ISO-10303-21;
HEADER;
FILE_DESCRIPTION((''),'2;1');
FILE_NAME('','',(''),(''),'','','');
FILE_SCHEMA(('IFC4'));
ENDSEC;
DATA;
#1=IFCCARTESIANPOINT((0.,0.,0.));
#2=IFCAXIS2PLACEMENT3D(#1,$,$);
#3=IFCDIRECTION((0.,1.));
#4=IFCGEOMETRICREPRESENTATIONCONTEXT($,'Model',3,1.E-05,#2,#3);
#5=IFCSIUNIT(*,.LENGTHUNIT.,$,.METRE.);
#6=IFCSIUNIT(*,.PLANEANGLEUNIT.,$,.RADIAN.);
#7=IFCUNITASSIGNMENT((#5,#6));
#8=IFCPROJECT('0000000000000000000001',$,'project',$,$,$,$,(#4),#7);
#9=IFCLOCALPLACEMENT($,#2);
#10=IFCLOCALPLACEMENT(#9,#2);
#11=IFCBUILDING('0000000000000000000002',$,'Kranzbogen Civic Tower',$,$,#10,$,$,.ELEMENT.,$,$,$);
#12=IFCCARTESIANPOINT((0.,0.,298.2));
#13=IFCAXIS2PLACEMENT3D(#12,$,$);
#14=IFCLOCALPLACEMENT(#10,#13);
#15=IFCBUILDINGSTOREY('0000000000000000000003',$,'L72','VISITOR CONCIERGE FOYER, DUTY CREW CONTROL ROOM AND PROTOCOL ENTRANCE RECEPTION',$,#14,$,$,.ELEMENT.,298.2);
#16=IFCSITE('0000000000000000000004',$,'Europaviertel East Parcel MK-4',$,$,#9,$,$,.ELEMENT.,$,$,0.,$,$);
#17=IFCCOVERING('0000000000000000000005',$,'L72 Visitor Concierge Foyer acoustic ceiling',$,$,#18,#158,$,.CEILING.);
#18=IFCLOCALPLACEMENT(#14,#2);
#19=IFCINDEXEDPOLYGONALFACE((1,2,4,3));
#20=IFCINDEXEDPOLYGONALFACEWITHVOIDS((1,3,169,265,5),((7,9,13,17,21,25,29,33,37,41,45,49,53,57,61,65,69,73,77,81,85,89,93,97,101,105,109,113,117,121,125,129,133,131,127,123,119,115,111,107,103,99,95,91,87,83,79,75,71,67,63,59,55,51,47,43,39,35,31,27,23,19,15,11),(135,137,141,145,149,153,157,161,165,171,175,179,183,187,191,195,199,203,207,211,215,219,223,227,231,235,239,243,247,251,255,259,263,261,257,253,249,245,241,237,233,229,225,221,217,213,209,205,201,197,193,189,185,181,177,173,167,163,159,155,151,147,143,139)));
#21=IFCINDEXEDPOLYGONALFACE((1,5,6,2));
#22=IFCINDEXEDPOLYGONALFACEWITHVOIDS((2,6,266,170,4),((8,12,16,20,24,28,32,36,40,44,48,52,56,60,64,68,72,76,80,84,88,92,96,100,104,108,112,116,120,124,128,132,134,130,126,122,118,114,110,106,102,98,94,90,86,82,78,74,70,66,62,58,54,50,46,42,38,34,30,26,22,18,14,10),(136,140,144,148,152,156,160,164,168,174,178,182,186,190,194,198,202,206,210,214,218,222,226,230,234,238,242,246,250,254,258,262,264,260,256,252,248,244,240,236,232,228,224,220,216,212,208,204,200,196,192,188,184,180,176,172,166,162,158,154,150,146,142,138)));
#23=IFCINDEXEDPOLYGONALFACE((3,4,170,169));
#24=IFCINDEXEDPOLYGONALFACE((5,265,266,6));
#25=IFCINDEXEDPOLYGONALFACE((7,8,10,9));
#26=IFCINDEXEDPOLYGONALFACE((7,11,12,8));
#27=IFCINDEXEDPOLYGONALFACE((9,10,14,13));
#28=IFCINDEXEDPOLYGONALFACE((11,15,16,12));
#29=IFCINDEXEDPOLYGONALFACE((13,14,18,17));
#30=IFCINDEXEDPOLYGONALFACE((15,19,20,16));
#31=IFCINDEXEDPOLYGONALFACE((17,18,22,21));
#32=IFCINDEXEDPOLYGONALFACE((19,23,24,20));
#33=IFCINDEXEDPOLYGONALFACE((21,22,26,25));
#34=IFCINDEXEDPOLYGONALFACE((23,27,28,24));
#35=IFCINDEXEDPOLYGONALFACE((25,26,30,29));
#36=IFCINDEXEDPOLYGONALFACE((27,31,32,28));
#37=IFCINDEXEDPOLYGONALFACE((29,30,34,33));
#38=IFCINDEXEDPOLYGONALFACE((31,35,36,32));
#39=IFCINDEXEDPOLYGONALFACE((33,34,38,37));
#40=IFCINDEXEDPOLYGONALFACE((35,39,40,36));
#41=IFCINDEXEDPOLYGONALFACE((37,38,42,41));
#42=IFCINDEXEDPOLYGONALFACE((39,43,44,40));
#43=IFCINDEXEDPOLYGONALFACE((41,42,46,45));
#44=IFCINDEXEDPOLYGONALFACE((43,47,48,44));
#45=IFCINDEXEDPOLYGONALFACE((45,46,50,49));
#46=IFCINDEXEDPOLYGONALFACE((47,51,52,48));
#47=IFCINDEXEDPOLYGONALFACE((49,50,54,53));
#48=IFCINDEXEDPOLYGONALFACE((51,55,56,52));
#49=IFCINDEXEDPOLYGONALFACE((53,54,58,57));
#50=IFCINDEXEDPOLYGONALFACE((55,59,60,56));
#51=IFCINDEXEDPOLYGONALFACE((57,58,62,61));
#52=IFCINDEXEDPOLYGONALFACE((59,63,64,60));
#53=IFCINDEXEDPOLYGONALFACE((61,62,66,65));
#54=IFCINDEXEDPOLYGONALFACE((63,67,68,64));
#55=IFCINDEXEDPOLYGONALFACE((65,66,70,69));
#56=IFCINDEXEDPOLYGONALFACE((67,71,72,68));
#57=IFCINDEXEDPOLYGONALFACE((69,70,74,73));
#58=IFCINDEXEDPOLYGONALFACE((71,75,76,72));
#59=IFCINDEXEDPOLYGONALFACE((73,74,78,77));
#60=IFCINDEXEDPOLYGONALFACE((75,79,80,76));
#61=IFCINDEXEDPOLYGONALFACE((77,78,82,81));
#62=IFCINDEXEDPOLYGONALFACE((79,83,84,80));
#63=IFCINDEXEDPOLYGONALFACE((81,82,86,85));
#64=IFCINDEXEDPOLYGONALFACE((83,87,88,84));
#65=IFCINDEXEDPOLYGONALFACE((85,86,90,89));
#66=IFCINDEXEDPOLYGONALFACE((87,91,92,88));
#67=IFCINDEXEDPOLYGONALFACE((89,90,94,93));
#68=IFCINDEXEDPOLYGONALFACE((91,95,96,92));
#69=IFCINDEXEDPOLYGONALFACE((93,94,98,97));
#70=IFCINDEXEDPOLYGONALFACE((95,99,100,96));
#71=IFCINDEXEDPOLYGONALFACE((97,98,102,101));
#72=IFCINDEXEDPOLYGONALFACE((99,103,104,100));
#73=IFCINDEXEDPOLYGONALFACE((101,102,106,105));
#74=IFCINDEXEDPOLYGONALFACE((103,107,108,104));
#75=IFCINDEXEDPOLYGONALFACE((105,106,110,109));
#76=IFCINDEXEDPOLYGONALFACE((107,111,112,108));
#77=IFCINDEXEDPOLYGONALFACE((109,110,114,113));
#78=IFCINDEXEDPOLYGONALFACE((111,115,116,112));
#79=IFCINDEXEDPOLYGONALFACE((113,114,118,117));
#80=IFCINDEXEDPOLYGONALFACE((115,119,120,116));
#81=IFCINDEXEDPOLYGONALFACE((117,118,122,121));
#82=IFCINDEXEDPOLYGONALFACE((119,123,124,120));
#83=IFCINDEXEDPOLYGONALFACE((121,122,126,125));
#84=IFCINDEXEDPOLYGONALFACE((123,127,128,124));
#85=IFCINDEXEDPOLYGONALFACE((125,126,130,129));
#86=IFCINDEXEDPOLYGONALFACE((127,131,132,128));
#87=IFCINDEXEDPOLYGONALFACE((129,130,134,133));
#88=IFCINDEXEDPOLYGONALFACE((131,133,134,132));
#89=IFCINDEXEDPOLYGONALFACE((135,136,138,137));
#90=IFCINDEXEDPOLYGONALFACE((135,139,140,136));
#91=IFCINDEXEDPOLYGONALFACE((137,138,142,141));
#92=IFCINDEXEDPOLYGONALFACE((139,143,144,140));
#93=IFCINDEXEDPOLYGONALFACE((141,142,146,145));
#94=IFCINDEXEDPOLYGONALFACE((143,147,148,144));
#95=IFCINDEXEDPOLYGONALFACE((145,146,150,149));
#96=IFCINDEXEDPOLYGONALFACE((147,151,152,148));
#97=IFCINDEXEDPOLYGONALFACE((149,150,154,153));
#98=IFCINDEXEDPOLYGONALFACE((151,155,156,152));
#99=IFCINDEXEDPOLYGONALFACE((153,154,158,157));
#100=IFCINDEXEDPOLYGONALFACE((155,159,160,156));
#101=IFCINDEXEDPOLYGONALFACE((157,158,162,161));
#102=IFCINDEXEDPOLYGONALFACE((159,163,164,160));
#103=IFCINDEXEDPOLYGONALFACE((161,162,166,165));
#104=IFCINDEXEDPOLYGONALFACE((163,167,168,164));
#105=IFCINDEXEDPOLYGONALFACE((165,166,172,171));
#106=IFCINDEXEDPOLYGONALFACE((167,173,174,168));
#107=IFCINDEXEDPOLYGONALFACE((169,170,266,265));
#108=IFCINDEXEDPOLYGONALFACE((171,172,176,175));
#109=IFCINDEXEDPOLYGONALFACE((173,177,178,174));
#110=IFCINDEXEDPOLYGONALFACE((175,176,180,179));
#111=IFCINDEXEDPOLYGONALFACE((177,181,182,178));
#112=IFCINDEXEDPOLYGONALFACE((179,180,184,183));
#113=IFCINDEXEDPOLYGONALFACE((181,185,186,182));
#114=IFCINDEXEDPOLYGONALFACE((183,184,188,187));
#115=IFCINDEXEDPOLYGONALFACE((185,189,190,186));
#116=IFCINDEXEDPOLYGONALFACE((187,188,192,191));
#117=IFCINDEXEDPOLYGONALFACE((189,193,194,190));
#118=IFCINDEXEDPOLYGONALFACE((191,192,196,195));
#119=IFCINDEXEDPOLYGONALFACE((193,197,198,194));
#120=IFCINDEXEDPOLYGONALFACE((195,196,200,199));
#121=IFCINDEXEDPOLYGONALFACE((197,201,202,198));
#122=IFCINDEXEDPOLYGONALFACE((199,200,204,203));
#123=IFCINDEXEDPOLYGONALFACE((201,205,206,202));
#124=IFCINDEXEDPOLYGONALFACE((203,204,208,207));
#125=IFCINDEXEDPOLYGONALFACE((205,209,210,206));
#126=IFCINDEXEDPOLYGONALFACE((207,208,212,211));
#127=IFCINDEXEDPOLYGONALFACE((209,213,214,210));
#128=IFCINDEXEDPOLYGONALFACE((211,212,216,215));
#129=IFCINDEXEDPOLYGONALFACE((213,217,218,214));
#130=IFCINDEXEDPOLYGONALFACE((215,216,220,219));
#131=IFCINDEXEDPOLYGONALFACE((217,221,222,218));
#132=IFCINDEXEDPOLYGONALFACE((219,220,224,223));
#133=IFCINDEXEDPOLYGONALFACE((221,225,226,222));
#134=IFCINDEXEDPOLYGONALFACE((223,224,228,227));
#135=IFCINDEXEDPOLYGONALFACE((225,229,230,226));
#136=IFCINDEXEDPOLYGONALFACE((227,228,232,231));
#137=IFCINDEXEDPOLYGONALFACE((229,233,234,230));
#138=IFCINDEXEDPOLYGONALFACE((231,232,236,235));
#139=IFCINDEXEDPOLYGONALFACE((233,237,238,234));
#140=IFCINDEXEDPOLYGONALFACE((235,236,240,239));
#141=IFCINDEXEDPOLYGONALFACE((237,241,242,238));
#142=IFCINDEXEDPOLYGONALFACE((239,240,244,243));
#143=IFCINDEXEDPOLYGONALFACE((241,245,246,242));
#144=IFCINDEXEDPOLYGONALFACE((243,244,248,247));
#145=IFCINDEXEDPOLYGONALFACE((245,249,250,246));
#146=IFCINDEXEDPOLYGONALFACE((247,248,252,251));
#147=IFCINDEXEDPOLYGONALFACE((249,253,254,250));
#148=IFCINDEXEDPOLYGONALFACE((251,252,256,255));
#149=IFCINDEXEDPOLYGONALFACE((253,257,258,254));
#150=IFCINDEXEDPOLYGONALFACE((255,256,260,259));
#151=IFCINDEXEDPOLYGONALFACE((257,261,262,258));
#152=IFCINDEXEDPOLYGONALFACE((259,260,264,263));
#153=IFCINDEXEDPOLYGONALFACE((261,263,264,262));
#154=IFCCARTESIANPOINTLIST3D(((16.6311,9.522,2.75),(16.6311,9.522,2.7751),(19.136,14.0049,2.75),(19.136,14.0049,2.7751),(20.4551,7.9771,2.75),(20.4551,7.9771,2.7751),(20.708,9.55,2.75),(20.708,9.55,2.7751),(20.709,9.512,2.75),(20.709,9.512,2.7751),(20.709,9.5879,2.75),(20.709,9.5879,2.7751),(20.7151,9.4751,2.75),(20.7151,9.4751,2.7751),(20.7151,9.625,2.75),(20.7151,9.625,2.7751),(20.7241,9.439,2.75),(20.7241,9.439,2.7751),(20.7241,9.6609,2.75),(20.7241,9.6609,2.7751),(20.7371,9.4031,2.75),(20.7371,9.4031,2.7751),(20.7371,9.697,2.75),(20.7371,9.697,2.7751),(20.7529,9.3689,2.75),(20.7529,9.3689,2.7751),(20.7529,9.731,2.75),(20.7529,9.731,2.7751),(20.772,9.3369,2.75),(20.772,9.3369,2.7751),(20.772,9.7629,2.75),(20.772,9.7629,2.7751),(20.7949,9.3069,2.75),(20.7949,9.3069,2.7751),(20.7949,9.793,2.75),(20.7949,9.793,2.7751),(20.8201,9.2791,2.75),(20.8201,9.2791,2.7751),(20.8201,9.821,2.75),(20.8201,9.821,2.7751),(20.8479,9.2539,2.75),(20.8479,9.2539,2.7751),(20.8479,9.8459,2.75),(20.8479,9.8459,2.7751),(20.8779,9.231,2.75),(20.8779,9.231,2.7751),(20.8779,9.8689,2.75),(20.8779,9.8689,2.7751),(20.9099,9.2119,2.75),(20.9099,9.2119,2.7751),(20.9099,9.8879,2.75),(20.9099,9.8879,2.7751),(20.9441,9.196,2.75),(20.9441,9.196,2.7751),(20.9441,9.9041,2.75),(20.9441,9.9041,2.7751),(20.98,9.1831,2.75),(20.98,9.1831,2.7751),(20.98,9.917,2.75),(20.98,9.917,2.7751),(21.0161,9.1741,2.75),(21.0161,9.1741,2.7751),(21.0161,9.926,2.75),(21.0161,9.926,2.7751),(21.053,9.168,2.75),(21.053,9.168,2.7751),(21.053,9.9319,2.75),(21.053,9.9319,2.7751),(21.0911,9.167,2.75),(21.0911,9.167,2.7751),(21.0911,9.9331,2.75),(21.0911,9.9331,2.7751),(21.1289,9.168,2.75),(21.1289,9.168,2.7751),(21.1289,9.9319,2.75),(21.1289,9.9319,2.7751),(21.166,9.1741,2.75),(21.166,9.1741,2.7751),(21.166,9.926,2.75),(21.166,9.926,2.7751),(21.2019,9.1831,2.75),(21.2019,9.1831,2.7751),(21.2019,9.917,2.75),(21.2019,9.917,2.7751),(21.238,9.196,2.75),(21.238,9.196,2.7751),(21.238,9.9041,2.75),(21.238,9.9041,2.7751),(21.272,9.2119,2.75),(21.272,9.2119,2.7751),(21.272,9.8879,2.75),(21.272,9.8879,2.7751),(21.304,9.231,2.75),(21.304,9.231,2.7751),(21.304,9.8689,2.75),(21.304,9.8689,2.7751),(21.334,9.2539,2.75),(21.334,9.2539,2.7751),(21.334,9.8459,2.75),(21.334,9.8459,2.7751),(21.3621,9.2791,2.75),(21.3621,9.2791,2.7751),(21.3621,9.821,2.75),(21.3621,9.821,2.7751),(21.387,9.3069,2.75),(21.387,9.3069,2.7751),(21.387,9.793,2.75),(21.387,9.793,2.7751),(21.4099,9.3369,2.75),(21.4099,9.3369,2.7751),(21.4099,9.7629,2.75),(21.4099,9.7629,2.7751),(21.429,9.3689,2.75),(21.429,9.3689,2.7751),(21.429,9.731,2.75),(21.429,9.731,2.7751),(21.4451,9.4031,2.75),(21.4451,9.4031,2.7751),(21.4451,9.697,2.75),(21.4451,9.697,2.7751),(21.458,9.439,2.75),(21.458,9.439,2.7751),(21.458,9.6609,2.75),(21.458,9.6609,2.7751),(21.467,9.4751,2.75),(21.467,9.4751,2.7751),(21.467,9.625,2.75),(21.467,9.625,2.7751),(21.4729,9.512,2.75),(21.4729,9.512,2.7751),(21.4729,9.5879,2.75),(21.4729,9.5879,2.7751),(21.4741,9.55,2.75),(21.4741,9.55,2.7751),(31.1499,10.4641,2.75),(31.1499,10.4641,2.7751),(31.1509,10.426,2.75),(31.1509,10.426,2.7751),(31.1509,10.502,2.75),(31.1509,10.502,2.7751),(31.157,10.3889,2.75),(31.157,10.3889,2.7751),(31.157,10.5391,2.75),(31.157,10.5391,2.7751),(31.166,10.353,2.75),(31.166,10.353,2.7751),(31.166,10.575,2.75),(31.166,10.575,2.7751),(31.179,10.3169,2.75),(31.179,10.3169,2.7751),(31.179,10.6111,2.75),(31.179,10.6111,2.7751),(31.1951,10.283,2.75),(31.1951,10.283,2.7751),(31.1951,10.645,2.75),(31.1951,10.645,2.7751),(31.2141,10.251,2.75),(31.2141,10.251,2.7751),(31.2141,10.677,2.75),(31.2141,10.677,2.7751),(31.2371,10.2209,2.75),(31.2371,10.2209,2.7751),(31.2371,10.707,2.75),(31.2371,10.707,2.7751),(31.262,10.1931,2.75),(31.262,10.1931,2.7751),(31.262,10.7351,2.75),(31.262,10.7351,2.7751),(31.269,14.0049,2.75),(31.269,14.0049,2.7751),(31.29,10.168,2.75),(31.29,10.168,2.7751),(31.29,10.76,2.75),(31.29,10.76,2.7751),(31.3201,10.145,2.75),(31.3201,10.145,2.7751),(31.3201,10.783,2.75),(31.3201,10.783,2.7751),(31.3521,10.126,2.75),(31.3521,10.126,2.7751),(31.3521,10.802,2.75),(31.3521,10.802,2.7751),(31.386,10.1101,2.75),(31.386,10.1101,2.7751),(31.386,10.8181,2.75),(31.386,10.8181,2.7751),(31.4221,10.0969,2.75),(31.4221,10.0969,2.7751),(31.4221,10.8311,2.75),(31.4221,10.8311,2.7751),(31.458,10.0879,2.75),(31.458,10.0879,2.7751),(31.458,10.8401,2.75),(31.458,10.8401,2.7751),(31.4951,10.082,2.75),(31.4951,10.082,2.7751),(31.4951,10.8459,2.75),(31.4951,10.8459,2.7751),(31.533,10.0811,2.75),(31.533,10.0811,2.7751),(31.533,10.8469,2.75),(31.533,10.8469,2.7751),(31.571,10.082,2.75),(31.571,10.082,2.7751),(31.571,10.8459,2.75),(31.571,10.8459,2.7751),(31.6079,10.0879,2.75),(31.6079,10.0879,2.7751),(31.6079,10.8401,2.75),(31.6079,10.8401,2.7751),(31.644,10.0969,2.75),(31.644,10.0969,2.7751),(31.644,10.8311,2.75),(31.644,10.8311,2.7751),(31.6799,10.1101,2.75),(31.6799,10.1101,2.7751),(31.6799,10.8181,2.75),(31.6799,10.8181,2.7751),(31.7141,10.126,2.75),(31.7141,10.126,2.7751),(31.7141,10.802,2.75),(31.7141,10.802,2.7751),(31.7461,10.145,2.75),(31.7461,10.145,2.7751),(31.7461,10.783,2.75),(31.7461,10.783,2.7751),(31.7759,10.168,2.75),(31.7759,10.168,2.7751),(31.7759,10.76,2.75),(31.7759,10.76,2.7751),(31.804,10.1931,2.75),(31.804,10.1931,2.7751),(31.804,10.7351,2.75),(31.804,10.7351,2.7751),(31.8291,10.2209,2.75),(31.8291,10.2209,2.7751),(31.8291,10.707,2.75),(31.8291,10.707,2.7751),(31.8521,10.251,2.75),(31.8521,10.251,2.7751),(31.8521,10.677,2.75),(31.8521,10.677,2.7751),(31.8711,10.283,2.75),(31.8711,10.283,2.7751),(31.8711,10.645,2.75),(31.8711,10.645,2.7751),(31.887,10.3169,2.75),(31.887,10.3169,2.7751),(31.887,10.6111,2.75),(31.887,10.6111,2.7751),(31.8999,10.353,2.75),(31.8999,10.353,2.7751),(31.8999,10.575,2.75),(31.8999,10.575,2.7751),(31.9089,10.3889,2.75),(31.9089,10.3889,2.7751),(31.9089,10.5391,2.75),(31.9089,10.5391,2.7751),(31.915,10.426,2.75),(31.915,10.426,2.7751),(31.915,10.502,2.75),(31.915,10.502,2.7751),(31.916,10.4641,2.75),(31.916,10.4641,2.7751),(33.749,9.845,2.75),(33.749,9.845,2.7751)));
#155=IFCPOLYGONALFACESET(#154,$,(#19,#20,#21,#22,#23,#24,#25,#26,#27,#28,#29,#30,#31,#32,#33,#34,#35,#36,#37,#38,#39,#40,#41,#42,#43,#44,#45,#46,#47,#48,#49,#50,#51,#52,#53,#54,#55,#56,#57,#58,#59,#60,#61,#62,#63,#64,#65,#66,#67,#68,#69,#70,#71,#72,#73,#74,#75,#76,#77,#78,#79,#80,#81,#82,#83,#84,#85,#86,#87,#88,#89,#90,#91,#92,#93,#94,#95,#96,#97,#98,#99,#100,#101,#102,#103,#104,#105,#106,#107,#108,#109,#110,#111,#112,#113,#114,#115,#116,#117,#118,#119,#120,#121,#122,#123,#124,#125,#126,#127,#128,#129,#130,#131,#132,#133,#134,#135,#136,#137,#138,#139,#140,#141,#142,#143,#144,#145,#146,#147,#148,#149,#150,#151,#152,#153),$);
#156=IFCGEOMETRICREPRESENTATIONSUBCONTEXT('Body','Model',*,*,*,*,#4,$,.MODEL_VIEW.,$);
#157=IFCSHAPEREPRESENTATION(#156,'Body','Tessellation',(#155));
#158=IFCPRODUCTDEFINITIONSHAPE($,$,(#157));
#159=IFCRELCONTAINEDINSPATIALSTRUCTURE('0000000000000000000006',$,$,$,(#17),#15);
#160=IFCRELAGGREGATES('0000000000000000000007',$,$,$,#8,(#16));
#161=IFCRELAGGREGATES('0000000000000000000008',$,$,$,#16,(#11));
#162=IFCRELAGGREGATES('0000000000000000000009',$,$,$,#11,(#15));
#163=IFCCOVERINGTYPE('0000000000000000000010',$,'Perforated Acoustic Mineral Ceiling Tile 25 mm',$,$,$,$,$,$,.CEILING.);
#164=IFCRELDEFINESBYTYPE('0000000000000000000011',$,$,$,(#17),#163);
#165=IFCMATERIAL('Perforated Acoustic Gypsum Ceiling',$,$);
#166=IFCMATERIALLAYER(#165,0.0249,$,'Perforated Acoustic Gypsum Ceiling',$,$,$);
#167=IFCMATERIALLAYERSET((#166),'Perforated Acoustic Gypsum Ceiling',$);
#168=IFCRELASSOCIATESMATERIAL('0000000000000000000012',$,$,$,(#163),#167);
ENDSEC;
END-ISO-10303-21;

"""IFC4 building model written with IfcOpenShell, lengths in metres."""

from ifc_helpers import new_model, si_unit, direction, frame, origin, place, context, subcontext, project, spatial, polyline, outline, extrude, material, layer, layer_set, type_object, element, save


model = new_model("IFC4")

# Units and contexts
model_context = context("Model", 3, precision=1e-05, world=origin(), true_north=direction((0.0, 1.0)))
body_context = subcontext(model_context, "Body", "Model", "MODEL_VIEW")
ifc_project = project(units=[si_unit("LENGTHUNIT", "METRE"), si_unit("PLANEANGLEUNIT", "RADIAN")], contexts=[model_context])

# Site, building, storey
site_placement = place(None, origin())
site = spatial("IfcSite", under=ifc_project, at=site_placement, Name="Europaviertel East Parcel MK-4", CompositionType="ELEMENT", RefElevation=0.0)
building_placement = place(site_placement, origin())
building = spatial("IfcBuilding", under=site, at=building_placement, Name="Kranzbogen Civic Tower", CompositionType="ELEMENT")
storey_placement = place(building_placement, frame((0.0, 0.0, 298.2)))
storey = spatial("IfcBuildingStorey", under=building, at=storey_placement, Name="L72", Description="VISITOR CONCIERGE FOYER, DUTY CREW CONTROL ROOM AND PROTOCOL ENTRANCE RECEPTION", CompositionType="ELEMENT", Elevation=298.2)

# Covering
ifc_material_1 = material(Name="Perforated Acoustic Gypsum Ceiling")
ifc_layer_1 = layer(ifc_material_1, 0.0249, Name="Perforated Acoustic Gypsum Ceiling")
ifc_layer_set_1 = layer_set([ifc_layer_1], Name="Perforated Acoustic Gypsum Ceiling")
covering_type = type_object("IfcCoveringType", Name="Perforated Acoustic Mineral Ceiling Tile 25 mm", PredefinedType="CEILING", material=ifc_layer_set_1)
covering_1_placement = place(storey_placement, frame((0.0, 0.0, 2.75)))
element("IfcCovering", 1, at=covering_1_placement, inside=storey, type_object=covering_type, Name="L72 Visitor Concierge Foyer acoustic ceiling", PredefinedType="CEILING", context=body_context, shape_type="SweptSolid", body=[
    extrude(outline(polyline([(16.6311, 9.522), (19.136, 14.0049), (31.269, 14.0049), (33.749, 9.845), (20.4551, 7.9771), (16.6311, 9.522)]), holes=[polyline([(21.4451, 9.4031), (21.429, 9.3689), (21.4099, 9.3369), (21.387, 9.3069), (21.3621, 9.2791), (21.334, 9.2539), (21.304, 9.231), (21.272, 9.2119), (21.238, 9.196), (21.2019, 9.1831), (21.166, 9.1741), (21.1289, 9.168), (21.0911, 9.167), (21.053, 9.168), (21.0161, 9.1741), (20.98, 9.1831), (20.9441, 9.196), (20.9099, 9.2119), (20.8779, 9.231), (20.8479, 9.2539), (20.8201, 9.2791), (20.7949, 9.3069), (20.772, 9.3369), (20.7529, 9.3689), (20.7371, 9.4031), (20.7241, 9.439), (20.7151, 9.4751), (20.709, 9.512), (20.708, 9.55), (20.709, 9.5879), (20.7151, 9.625), (20.7241, 9.6609), (20.7371, 9.697), (20.7529, 9.731), (20.772, 9.7629), (20.7949, 9.793), (20.8201, 9.821), (20.8479, 9.8459), (20.8779, 9.8689), (20.9099, 9.8879), (20.9441, 9.9041), (20.98, 9.917), (21.0161, 9.926), (21.053, 9.9319), (21.0911, 9.9331), (21.1289, 9.9319), (21.166, 9.926), (21.2019, 9.917), (21.238, 9.9041), (21.272, 9.8879), (21.304, 9.8689), (21.334, 9.8459), (21.3621, 9.821), (21.387, 9.793), (21.4099, 9.7629), (21.429, 9.731), (21.4451, 9.697), (21.458, 9.6609), (21.467, 9.625), (21.4729, 9.5879), (21.4741, 9.55), (21.4729, 9.512), (21.467, 9.4751), (21.458, 9.439), (21.4451, 9.4031)]), polyline([(31.887, 10.3169), (31.8711, 10.283), (31.8521, 10.251), (31.8291, 10.2209), (31.804, 10.1931), (31.7759, 10.168), (31.7461, 10.145), (31.7141, 10.126), (31.6799, 10.1101), (31.644, 10.0969), (31.6079, 10.0879), (31.571, 10.082), (31.533, 10.0811), (31.4951, 10.082), (31.458, 10.0879), (31.4221, 10.0969), (31.386, 10.1101), (31.3521, 10.126), (31.3201, 10.145), (31.29, 10.168), (31.262, 10.1931), (31.2371, 10.2209), (31.2141, 10.251), (31.1951, 10.283), (31.179, 10.3169), (31.166, 10.353), (31.157, 10.3889), (31.1509, 10.426), (31.1499, 10.4641), (31.1509, 10.502), (31.157, 10.5391), (31.166, 10.575), (31.179, 10.6111), (31.1951, 10.645), (31.2141, 10.677), (31.2371, 10.707), (31.262, 10.7351), (31.29, 10.76), (31.3201, 10.783), (31.3521, 10.802), (31.386, 10.8181), (31.4221, 10.8311), (31.458, 10.8401), (31.4951, 10.8459), (31.533, 10.8469), (31.571, 10.8459), (31.6079, 10.8401), (31.644, 10.8311), (31.6799, 10.8181), (31.7141, 10.802), (31.7461, 10.783), (31.7759, 10.76), (31.804, 10.7351), (31.8291, 10.707), (31.8521, 10.677), (31.8711, 10.645), (31.887, 10.6111), (31.8999, 10.575), (31.9089, 10.5391), (31.915, 10.502), (31.916, 10.4641), (31.915, 10.426), (31.9089, 10.3889), (31.8999, 10.353), (31.887, 10.3169)])]), origin(), (0.0, 0.0, 1.0), 0.0251),
])

save(model, "model.ifc")
